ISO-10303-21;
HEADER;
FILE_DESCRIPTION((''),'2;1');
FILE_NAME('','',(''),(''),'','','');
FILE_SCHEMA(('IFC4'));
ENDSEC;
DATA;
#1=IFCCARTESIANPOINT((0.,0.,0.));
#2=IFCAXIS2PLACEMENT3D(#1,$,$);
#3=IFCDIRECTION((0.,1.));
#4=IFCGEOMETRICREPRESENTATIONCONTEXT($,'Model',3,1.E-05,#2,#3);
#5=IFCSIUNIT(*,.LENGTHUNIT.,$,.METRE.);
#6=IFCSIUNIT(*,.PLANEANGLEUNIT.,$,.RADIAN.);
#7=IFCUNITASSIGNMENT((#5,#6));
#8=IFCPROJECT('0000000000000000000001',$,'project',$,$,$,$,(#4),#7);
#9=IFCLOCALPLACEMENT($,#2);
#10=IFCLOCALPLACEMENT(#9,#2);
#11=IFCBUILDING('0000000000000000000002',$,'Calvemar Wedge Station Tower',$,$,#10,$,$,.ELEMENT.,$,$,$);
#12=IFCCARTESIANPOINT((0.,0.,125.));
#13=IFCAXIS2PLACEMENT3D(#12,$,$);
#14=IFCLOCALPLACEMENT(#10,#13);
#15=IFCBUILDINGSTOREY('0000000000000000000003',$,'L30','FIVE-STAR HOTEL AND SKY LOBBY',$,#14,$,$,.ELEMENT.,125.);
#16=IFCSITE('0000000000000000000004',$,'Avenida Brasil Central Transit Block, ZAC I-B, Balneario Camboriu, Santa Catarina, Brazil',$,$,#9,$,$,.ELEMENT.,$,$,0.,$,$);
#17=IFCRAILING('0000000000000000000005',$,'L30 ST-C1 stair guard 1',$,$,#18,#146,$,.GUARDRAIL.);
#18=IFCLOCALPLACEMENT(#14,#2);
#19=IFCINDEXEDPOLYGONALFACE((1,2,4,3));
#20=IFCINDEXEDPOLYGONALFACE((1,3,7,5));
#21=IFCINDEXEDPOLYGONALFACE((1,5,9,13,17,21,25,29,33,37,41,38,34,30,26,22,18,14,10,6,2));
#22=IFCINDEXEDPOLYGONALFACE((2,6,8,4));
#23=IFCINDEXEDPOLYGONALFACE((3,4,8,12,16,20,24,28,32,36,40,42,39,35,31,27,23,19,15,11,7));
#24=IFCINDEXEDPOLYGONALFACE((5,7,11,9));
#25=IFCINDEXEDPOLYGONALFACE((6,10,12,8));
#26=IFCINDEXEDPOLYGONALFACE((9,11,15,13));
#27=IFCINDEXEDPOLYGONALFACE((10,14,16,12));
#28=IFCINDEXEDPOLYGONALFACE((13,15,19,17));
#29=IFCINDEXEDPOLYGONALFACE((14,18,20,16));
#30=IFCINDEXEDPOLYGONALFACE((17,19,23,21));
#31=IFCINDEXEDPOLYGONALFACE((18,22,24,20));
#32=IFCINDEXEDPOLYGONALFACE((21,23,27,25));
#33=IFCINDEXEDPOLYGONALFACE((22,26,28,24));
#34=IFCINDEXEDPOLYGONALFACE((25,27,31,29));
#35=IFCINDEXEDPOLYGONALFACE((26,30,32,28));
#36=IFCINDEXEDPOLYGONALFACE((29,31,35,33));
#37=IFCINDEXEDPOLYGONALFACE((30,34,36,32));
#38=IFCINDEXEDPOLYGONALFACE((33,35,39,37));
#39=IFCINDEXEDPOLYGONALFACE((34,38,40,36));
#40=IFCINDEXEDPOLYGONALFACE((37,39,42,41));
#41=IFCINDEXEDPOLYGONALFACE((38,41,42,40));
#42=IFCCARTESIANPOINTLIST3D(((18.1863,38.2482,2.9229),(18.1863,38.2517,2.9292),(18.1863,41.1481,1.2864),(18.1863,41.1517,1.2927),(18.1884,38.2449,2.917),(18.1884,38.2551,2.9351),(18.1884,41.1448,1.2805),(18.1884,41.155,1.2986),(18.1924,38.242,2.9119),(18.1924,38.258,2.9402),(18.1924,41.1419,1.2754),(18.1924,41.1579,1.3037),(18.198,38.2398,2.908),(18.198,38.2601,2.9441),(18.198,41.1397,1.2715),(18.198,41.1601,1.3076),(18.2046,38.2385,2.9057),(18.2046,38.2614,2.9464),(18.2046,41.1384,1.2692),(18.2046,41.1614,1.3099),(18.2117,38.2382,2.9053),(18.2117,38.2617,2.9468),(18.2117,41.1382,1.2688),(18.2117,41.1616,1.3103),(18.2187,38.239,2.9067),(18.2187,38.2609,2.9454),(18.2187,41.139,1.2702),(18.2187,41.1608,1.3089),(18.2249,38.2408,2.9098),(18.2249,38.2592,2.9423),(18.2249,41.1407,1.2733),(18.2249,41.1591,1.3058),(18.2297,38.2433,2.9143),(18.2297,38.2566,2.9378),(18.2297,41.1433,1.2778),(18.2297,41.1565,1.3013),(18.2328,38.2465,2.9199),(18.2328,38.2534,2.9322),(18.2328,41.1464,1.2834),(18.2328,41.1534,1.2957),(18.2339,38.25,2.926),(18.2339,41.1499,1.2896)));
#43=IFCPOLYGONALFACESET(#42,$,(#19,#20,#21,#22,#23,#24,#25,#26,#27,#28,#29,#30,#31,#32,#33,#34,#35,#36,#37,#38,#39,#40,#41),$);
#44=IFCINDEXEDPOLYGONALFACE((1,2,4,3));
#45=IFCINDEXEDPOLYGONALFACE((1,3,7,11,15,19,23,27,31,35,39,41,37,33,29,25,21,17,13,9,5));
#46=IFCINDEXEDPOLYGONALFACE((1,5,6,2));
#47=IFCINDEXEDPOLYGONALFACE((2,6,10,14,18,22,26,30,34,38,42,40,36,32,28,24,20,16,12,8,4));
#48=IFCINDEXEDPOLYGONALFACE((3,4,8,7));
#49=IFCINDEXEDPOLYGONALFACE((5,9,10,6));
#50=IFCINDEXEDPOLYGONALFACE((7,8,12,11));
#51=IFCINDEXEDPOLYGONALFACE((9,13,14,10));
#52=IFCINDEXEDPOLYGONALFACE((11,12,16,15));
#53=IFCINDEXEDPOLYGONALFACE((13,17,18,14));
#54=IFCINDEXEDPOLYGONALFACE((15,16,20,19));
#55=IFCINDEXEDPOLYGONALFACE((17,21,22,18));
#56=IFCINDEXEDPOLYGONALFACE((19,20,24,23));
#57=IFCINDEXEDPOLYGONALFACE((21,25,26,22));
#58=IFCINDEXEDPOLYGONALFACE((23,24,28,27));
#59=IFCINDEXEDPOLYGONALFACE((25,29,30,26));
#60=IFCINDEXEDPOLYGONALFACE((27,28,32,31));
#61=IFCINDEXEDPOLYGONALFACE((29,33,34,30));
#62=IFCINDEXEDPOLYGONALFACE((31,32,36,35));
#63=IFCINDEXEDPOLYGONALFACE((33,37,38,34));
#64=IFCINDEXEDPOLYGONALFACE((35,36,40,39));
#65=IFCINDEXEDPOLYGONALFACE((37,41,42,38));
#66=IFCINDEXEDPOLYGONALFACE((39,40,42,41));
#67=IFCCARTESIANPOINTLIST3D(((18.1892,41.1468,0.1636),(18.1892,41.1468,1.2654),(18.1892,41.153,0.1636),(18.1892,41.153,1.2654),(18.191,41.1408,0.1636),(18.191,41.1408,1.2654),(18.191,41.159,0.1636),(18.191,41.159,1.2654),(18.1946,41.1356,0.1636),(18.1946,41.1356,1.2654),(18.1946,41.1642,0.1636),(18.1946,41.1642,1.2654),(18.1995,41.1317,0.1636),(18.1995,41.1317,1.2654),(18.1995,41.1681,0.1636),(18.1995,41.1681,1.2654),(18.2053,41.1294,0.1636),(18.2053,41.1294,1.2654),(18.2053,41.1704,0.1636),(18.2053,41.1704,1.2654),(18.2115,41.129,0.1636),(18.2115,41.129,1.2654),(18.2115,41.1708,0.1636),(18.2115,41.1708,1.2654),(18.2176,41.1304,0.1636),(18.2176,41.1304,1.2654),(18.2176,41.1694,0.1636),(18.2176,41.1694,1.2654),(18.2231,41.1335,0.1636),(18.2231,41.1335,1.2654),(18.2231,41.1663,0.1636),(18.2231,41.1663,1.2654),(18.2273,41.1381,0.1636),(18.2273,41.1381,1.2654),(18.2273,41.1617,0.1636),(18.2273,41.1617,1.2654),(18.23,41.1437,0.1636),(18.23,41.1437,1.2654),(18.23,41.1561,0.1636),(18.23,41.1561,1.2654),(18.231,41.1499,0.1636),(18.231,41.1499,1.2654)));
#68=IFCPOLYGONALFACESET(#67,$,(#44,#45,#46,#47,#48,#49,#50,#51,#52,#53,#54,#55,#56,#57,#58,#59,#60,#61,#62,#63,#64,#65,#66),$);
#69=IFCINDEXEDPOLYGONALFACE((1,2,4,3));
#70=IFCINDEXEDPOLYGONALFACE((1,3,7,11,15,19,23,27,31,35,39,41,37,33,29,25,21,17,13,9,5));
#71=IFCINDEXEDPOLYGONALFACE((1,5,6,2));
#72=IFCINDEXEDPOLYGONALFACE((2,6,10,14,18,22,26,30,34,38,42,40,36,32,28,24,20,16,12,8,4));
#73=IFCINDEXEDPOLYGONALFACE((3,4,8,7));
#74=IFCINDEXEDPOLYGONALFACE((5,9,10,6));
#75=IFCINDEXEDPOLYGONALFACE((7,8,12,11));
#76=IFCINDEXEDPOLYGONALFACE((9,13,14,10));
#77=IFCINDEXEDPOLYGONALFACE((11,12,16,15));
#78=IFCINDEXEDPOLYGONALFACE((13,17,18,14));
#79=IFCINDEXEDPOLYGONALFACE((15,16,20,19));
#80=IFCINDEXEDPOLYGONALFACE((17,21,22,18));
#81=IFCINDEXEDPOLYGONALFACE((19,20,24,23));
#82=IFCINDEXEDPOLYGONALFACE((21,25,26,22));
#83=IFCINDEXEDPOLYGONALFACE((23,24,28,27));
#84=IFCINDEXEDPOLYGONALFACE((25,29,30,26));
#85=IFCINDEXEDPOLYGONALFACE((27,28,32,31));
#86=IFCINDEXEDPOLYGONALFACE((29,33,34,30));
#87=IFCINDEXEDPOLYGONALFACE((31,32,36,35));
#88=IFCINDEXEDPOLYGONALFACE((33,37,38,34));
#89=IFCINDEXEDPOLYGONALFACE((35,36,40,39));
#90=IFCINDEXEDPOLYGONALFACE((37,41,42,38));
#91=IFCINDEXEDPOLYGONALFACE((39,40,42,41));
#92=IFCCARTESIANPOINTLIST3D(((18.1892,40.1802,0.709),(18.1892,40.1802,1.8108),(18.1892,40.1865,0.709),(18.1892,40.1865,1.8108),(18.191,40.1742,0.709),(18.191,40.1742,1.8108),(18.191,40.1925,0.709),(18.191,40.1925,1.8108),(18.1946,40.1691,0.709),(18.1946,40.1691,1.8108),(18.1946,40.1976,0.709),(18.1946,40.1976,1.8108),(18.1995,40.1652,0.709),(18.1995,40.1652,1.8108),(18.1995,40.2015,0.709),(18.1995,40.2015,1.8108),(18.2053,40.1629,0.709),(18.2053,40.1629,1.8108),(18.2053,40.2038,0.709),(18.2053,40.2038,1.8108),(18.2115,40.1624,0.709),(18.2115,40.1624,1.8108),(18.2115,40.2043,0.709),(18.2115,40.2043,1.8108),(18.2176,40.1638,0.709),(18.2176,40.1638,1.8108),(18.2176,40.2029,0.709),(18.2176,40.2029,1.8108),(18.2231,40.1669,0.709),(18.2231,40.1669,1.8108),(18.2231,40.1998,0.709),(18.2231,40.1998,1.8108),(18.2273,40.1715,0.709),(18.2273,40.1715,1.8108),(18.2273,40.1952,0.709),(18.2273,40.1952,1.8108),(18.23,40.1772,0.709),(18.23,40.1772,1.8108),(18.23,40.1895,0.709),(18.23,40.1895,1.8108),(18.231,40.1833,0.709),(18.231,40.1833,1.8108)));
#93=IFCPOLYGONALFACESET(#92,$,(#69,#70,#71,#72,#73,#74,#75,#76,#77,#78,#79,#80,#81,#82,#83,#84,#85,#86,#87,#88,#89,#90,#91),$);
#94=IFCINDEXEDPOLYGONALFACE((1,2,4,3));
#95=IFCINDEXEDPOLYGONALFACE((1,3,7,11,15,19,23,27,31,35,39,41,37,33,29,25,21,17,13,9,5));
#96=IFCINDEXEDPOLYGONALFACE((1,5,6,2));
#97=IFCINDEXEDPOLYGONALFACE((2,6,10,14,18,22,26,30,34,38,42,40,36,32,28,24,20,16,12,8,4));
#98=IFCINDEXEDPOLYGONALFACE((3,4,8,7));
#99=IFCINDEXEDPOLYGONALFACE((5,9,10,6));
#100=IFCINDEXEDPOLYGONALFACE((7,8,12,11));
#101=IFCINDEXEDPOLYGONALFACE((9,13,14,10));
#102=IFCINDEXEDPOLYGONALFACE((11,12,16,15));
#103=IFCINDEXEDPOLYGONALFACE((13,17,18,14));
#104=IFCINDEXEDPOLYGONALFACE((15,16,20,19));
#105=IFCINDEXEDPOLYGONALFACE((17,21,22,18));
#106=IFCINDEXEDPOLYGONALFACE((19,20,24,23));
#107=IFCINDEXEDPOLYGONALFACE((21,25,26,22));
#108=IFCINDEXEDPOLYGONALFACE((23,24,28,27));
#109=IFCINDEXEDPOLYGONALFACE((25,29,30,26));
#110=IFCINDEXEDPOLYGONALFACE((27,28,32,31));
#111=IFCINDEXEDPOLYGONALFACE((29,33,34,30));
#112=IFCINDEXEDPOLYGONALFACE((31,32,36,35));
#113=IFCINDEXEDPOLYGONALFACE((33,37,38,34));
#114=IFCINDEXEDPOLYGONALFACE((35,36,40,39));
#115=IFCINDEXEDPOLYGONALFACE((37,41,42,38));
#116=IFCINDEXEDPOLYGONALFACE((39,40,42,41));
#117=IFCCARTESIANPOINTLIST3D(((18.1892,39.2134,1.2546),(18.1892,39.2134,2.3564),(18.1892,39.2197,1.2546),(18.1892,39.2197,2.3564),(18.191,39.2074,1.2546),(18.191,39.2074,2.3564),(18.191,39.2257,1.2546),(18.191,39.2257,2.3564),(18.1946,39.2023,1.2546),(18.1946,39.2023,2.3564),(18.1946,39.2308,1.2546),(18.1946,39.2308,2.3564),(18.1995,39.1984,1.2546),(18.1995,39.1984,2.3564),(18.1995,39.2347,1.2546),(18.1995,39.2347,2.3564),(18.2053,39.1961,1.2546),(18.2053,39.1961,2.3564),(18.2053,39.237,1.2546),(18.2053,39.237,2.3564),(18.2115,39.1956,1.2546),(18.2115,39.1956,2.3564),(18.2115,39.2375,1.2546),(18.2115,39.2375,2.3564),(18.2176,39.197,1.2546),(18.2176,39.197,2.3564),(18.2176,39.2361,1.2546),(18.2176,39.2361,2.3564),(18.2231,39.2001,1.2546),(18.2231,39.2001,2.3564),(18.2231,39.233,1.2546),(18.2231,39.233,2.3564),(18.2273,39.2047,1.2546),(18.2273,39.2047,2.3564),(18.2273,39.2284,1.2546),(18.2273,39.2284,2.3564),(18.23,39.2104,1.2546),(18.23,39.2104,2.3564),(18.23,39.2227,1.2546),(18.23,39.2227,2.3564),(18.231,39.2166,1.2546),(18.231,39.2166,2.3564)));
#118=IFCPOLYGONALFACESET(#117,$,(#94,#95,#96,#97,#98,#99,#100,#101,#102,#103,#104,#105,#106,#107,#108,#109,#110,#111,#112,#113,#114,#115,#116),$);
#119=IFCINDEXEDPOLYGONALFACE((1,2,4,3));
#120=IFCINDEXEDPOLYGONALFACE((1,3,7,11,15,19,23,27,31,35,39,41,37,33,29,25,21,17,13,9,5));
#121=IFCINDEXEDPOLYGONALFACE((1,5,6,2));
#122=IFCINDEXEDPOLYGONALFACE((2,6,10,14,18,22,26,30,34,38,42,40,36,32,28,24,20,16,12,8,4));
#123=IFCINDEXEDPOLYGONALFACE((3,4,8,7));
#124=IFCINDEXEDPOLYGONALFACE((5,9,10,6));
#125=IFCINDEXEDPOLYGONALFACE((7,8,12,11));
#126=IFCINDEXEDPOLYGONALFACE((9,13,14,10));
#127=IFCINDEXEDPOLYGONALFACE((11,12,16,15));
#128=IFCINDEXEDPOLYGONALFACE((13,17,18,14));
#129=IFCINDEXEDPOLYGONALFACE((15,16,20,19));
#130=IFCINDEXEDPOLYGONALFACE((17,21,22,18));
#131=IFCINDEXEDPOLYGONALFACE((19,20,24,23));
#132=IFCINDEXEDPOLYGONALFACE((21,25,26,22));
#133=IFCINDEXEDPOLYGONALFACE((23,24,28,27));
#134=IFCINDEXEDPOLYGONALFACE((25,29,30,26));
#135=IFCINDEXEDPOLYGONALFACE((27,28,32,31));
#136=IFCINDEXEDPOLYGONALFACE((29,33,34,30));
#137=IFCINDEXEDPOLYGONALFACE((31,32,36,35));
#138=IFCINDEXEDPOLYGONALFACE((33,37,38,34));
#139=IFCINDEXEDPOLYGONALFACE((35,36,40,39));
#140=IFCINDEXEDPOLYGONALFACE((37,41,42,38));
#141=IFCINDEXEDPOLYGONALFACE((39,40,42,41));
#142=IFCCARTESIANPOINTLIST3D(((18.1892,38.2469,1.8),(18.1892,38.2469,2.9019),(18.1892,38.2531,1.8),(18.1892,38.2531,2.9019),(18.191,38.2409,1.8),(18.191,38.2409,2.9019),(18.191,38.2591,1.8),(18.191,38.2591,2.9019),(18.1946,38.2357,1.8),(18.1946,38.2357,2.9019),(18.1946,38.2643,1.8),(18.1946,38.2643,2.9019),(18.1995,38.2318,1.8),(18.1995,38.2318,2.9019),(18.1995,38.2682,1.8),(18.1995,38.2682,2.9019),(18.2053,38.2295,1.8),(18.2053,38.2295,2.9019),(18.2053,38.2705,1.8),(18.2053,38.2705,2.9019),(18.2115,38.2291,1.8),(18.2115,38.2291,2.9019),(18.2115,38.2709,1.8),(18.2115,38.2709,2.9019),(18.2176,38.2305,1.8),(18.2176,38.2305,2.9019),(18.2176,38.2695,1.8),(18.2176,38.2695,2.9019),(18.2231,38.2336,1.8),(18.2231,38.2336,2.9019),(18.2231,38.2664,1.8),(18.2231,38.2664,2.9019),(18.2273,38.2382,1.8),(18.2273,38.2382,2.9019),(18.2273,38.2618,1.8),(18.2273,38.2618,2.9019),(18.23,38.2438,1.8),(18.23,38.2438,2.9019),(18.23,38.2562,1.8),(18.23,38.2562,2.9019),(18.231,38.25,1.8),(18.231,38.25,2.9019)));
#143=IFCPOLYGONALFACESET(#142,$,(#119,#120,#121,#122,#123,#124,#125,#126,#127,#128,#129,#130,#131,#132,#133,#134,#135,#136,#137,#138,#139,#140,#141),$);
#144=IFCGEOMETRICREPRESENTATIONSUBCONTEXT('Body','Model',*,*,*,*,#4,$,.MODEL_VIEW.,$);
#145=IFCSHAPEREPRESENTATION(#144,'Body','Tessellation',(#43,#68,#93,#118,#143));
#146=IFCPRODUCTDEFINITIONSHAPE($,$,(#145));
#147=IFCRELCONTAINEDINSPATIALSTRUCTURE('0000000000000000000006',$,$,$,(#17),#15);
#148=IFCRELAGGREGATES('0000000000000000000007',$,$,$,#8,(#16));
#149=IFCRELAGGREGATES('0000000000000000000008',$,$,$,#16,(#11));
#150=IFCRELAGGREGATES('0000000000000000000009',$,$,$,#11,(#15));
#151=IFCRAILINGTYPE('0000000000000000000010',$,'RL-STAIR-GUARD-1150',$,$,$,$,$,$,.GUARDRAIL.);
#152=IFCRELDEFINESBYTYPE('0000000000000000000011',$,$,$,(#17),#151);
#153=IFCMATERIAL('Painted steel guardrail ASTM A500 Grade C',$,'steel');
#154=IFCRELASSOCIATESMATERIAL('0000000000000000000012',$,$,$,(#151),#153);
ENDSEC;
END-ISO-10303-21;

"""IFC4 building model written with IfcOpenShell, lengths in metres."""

from ifc_helpers import new_model, si_unit, direction, frame, origin, origin_2d, place, context, subcontext, project, spatial, circle, extrude, material, type_object, element, save


model = new_model("IFC4")

# Units and contexts
model_context = context("Model", 3, precision=1e-05, world=origin(), true_north=direction((0.0, 1.0)))
body_context = subcontext(model_context, "Body", "Model", "MODEL_VIEW")
ifc_project = project(units=[si_unit("LENGTHUNIT", "METRE"), si_unit("PLANEANGLEUNIT", "RADIAN")], contexts=[model_context])

# Site, building, storey
site_placement = place(None, origin())
site = spatial("IfcSite", under=ifc_project, at=site_placement, Name="Avenida Brasil Central Transit Block, ZAC I-B, Balneario Camboriu, Santa Catarina, Brazil", CompositionType="ELEMENT", RefElevation=0.0)
building_placement = place(site_placement, origin())
building = spatial("IfcBuilding", under=site, at=building_placement, Name="Calvemar Wedge Station Tower", CompositionType="ELEMENT")
storey_placement = place(building_placement, frame((0.0, 0.0, 125.0)))
storey = spatial("IfcBuildingStorey", under=building, at=storey_placement, Name="L30", Description="FIVE-STAR HOTEL AND SKY LOBBY", CompositionType="ELEMENT", Elevation=125.0)

# Railing
ifc_material_1 = material(Name="Painted steel guardrail ASTM A500 Grade C", Category="steel")
railing_type_1 = type_object("IfcRailingType", Name="RL-STAIR-GUARD-1150", PredefinedType="GUARDRAIL", material=ifc_material_1)
railing_1_placement = place(storey_placement, frame((18.21, 41.1499, 0.1636)))
element("IfcRailing", 1, at=railing_1_placement, inside=storey, type_object=railing_type_1, Name="L30 ST-C1 stair guard 1", PredefinedType="GUARDRAIL", context=body_context, shape_type="SweptSolid", body=[
    extrude(circle(Radius=0.0239, at=origin_2d()), frame((0.0, 0.0, 1.126), z_axis=(0.0, -0.870897, 0.491465), x_axis=(1.0, 0.0, 0.0)), (0.0, 0.0, 1.0), 3.3298),
    extrude(circle(Radius=0.021, at=origin_2d()), origin(), (0.0, 0.0, 1.0), 1.1018),
    extrude(circle(Radius=0.021, at=origin_2d()), frame((0.0, -0.9666, 0.5454)), (0.0, 0.0, 1.0), 1.1018),
    extrude(circle(Radius=0.021, at=origin_2d()), frame((0.0, -1.9333, 1.0911)), (0.0, 0.0, 1.0), 1.1018),
    extrude(circle(Radius=0.021, at=origin_2d()), frame((0.0, -2.8999, 1.6365)), (0.0, 0.0, 1.0), 1.1018),
])

save(model, "model.ifc")
